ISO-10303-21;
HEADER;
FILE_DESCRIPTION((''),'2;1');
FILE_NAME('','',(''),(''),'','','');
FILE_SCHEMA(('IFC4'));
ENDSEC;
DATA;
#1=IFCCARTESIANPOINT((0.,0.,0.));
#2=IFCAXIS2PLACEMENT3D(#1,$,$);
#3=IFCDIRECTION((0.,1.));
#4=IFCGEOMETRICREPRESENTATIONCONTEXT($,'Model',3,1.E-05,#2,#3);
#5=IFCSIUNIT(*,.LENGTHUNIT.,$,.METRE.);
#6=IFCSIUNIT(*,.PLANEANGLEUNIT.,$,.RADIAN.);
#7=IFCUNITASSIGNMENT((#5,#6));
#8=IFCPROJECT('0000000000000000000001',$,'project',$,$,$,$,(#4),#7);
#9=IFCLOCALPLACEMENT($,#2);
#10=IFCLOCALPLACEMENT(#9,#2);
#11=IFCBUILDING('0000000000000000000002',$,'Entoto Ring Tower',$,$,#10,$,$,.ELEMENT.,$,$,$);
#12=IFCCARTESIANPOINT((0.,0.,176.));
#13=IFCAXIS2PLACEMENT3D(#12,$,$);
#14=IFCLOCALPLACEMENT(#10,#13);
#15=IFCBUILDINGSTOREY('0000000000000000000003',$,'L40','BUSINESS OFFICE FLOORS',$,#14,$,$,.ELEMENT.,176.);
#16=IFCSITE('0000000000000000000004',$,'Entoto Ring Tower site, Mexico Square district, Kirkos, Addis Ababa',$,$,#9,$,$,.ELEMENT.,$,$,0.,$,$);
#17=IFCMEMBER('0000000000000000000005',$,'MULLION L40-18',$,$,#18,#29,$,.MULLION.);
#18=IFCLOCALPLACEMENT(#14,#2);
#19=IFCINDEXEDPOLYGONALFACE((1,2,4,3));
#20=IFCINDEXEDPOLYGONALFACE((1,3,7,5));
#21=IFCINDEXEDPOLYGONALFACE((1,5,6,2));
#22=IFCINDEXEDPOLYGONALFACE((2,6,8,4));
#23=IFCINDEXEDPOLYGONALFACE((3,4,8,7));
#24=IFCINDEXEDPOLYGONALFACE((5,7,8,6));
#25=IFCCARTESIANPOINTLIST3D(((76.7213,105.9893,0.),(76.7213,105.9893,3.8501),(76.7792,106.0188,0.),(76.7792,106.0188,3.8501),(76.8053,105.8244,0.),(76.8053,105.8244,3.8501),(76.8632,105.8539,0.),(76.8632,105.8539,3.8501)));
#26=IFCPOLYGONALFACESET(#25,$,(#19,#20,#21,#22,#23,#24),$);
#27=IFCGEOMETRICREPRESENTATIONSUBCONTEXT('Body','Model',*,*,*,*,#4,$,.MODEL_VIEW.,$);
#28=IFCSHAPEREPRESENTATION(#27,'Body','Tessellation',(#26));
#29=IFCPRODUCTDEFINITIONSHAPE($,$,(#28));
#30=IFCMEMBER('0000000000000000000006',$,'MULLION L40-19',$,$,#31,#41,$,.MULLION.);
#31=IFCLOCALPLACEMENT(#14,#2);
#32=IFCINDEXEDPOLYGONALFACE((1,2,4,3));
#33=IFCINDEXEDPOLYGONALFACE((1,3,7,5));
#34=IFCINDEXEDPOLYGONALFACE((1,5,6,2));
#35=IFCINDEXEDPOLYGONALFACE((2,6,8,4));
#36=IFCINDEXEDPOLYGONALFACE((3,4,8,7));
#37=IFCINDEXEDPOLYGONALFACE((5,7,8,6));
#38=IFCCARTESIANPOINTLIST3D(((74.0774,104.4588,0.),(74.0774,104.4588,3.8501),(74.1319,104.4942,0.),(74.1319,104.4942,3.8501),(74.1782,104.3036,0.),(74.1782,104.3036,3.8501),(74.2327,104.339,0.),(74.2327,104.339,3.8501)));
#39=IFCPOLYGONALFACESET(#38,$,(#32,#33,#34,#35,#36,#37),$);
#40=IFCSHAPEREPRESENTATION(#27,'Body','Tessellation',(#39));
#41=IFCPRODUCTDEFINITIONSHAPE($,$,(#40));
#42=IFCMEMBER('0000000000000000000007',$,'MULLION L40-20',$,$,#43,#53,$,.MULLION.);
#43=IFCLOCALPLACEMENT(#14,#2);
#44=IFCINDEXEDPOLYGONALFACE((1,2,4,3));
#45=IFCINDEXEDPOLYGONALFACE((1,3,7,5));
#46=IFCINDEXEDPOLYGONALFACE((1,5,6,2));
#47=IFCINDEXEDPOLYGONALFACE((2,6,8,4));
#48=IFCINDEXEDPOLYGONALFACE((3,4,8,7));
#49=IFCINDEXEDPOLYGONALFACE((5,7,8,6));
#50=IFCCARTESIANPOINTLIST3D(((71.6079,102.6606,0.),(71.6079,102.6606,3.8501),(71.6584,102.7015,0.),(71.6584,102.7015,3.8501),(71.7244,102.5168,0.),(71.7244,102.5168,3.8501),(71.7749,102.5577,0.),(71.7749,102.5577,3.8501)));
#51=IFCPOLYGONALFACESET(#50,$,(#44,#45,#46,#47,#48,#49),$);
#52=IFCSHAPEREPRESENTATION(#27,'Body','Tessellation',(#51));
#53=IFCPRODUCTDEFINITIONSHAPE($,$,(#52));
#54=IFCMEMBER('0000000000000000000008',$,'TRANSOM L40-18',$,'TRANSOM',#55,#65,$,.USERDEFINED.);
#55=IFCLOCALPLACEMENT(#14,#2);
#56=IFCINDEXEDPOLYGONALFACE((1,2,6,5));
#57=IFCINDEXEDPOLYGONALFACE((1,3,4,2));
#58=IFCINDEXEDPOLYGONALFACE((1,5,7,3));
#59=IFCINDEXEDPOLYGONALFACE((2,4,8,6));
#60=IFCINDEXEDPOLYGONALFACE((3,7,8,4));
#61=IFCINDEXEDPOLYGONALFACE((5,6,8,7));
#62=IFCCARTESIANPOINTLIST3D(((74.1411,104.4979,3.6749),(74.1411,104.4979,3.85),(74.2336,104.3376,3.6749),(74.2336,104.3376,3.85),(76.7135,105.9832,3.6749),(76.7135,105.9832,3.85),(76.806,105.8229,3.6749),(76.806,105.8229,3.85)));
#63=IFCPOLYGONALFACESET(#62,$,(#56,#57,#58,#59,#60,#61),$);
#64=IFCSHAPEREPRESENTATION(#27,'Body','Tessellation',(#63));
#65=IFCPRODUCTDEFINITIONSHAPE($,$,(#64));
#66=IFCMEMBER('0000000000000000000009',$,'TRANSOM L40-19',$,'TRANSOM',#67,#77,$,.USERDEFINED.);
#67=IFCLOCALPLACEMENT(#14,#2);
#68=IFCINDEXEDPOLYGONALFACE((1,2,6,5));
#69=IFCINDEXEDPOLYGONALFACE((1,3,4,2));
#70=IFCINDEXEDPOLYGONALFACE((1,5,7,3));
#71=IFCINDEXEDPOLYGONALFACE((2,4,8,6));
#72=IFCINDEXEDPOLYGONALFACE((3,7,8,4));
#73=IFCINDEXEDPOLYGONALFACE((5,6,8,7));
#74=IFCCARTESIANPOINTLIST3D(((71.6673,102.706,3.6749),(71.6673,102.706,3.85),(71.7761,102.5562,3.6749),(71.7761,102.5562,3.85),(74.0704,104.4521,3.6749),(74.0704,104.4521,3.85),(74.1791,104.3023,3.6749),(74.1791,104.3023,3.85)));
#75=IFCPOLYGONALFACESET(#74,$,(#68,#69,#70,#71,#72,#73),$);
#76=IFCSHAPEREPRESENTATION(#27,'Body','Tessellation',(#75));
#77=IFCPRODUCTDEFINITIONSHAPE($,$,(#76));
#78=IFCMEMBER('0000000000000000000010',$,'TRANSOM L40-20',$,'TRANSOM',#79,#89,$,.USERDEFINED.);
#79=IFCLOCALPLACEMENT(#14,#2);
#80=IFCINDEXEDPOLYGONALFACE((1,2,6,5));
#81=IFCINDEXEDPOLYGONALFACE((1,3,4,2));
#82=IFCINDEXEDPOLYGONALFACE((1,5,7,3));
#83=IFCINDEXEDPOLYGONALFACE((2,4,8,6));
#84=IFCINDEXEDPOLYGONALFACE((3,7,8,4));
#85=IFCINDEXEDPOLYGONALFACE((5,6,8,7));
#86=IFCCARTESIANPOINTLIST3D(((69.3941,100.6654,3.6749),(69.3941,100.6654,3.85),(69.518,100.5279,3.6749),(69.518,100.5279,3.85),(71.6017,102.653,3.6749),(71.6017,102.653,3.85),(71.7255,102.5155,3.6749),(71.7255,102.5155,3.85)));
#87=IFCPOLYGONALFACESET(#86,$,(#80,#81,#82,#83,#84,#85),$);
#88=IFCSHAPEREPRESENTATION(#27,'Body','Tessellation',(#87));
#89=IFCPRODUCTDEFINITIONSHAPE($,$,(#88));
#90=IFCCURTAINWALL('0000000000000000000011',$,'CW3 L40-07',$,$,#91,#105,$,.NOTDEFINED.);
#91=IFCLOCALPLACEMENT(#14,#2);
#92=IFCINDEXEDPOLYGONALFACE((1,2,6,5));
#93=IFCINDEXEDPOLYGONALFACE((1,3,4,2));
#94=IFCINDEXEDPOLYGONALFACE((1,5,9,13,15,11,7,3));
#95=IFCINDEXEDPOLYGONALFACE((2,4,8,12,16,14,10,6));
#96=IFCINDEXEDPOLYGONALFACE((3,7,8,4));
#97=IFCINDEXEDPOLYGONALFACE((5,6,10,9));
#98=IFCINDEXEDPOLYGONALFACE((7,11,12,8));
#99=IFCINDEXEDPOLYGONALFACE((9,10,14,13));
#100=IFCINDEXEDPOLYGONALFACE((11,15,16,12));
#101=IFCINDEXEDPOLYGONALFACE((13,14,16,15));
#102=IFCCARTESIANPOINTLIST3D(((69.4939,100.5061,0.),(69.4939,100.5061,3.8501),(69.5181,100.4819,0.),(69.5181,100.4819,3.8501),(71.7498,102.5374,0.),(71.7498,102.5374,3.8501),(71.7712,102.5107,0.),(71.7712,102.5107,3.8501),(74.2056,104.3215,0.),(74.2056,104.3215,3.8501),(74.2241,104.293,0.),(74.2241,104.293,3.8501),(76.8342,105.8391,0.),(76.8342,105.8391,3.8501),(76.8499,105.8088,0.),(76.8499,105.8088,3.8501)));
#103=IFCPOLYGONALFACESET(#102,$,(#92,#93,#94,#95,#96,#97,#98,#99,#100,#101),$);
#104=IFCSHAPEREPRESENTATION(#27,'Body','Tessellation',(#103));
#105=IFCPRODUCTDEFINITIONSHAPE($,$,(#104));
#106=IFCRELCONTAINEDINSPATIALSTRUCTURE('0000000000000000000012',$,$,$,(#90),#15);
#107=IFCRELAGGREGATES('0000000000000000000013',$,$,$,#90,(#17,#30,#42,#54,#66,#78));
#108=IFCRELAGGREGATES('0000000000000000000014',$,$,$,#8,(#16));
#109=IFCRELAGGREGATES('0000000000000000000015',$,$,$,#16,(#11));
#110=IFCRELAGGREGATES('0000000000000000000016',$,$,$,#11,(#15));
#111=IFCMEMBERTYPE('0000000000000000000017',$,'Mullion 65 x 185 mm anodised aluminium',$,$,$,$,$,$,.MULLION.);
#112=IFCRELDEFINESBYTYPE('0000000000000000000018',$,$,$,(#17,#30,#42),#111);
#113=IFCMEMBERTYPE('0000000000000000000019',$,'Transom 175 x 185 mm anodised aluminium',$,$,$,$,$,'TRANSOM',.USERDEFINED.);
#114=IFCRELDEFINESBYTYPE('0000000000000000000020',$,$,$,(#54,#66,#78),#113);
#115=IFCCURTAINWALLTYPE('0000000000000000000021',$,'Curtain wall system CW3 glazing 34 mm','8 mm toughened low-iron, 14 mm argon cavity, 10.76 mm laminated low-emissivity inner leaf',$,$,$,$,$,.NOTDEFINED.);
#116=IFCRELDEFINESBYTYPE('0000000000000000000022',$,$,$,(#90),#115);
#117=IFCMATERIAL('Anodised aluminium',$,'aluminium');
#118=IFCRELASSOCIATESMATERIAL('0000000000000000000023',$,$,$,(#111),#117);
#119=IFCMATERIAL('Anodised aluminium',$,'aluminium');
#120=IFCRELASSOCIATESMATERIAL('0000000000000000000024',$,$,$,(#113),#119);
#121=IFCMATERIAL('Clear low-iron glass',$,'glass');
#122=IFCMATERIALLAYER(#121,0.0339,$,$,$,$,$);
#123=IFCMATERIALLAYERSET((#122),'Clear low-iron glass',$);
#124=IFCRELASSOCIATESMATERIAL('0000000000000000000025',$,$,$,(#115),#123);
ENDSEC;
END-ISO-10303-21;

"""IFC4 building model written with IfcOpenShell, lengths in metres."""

from ifc_helpers import new_model, si_unit, direction, frame, origin, origin_2d, place, context, subcontext, project, spatial, polyline, rectangle, outline, extrude, material, layer, layer_set, material_profile, profile_set, type_object, element, aggregate, save


model = new_model("IFC4")

# Units and contexts
model_context = context("Model", 3, precision=1e-05, world=origin(), true_north=direction((0.0, 1.0)))
body_context = subcontext(model_context, "Body", "Model", "MODEL_VIEW")
ifc_project = project(units=[si_unit("LENGTHUNIT", "METRE"), si_unit("PLANEANGLEUNIT", "RADIAN")], contexts=[model_context])

# Members
ifc_material_1 = material(Name="Anodised aluminium", Category="aluminium")
ifc_material_profile_1 = material_profile(ifc_material_1, rectangle(XDim=0.0649, YDim=0.1851, at=origin_2d()), Name="Mullion 65 x 185 mm anodised aluminium")
ifc_profile_set_1 = profile_set([ifc_material_profile_1], Name="Anodised aluminium")
member_type_1 = type_object("IfcMemberType", Name="Mullion 65 x 185 mm anodised aluminium", PredefinedType="MULLION", material=ifc_profile_set_1)
site_placement = place(None, origin())
building_placement = place(site_placement, origin())
storey_placement = place(building_placement, frame((0.0, 0.0, 176.0)))
member_1_placement = place(storey_placement, frame((76.7922, 105.9216, 0.0), z_axis=(0.0, 0.0, 1.0), x_axis=(-0.891007, -0.45399, 0.0)))
member_1 = element("IfcMember", 1, at=member_1_placement, type_object=member_type_1, Name="MULLION L40-18", PredefinedType="MULLION", context=body_context, shape_type="SweptSolid", body=[
    extrude(rectangle(XDim=0.0649, YDim=0.1851, at=origin_2d()), origin(), (0.0, 0.0, 1.0), 3.8501),
])
member_2_placement = place(storey_placement, frame((74.155, 104.3989, 0.0), z_axis=(0.0, 0.0, 1.0), x_axis=(-0.838671, -0.544639, 0.0)))
member_2 = element("IfcMember", 2, at=member_2_placement, type_object=member_type_1, Name="MULLION L40-19", PredefinedType="MULLION", context=body_context, shape_type="SweptSolid", body=[
    extrude(rectangle(XDim=0.0649, YDim=0.1851, at=origin_2d()), origin(), (0.0, 0.0, 1.0), 3.8501),
])
member_3_placement = place(storey_placement, frame((71.6914, 102.6091, 0.0), z_axis=(0.0, 0.0, 1.0), x_axis=(-0.777146, -0.62932, 0.0)))
member_3 = element("IfcMember", 3, at=member_3_placement, type_object=member_type_1, Name="MULLION L40-20", PredefinedType="MULLION", context=body_context, shape_type="SweptSolid", body=[
    extrude(rectangle(XDim=0.0649, YDim=0.1851, at=origin_2d()), origin(), (0.0, 0.0, 1.0), 3.8501),
])
ifc_material_2 = material(Name="Anodised aluminium", Category="aluminium")
ifc_material_profile_2 = material_profile(ifc_material_2, rectangle(XDim=0.1851, YDim=0.175, at=origin_2d()), Name="Transom 175 x 185 mm anodised aluminium")
ifc_profile_set_2 = profile_set([ifc_material_profile_2], Name="Anodised aluminium")
member_type_2 = type_object("IfcMemberType", Name="Transom 175 x 185 mm anodised aluminium", ElementType="TRANSOM", PredefinedType="USERDEFINED", material=ifc_profile_set_2)
member_4_placement = place(storey_placement, frame((76.7598, 105.9031, 3.7625), z_axis=(-0.866009, -0.500028, 0.0), x_axis=(0.500028, -0.866009, 0.0)))
member_4 = element("IfcMember", 4, at=member_4_placement, type_object=member_type_2, Name="TRANSOM L40-18", ObjectType="TRANSOM", PredefinedType="USERDEFINED", context=body_context, shape_type="SweptSolid", body=[
    extrude(rectangle(XDim=0.1851, YDim=0.175, at=origin_2d()), origin(), (0.0, 0.0, 1.0), 2.9705),
])
member_5_placement = place(storey_placement, frame((74.1248, 104.3772, 3.7625), z_axis=(-0.808992, -0.58782, 0.0), x_axis=(0.58782, -0.808992, 0.0)))
member_5 = element("IfcMember", 5, at=member_5_placement, type_object=member_type_2, Name="TRANSOM L40-19", ObjectType="TRANSOM", PredefinedType="USERDEFINED", context=body_context, shape_type="SweptSolid", body=[
    extrude(rectangle(XDim=0.1851, YDim=0.175, at=origin_2d()), origin(), (0.0, 0.0, 1.0), 2.9705),
])
member_6_placement = place(storey_placement, frame((71.6636, 102.5842, 3.7625), z_axis=(-0.743163, -0.66911, 0.0), x_axis=(0.66911, -0.743163, 0.0)))
member_6 = element("IfcMember", 6, at=member_6_placement, type_object=member_type_2, Name="TRANSOM L40-20", ObjectType="TRANSOM", PredefinedType="USERDEFINED", context=body_context, shape_type="SweptSolid", body=[
    extrude(rectangle(XDim=0.1851, YDim=0.175, at=origin_2d()), origin(), (0.0, 0.0, 1.0), 2.9705),
])

# Site, building, storey
site = spatial("IfcSite", under=ifc_project, at=site_placement, Name="Entoto Ring Tower site, Mexico Square district, Kirkos, Addis Ababa", CompositionType="ELEMENT", RefElevation=0.0)
building = spatial("IfcBuilding", under=site, at=building_placement, Name="Entoto Ring Tower", CompositionType="ELEMENT")
storey = spatial("IfcBuildingStorey", under=building, at=storey_placement, Name="L40", Description="BUSINESS OFFICE FLOORS", CompositionType="ELEMENT", Elevation=176.0)

# Curtain wall
ifc_material_3 = material(Name="Clear low-iron glass", Category="glass")
ifc_layer = layer(ifc_material_3, 0.0339)
ifc_layer_set = layer_set([ifc_layer], Name="Clear low-iron glass")
curtain_wall_type = type_object("IfcCurtainWallType", Name="Curtain wall system CW3 glazing 34 mm", Description="8 mm toughened low-iron, 14 mm argon cavity, 10.76 mm laminated low-emissivity inner leaf", PredefinedType="NOTDEFINED", material=ifc_layer_set)
curtain_wall_1_placement = place(storey_placement, origin())
curtain_wall_1 = element("IfcCurtainWall", 7, at=curtain_wall_1_placement, inside=storey, type_object=curtain_wall_type, Name="CW3 L40-07", PredefinedType="NOTDEFINED", context=body_context, shape_type="SweptSolid", body=[
    extrude(outline(polyline([(76.8342, 105.8391), (74.2056, 104.3215), (71.7498, 102.5374), (69.4939, 100.5061), (69.5181, 100.4819), (71.7712, 102.5107), (74.2241, 104.293), (76.8499, 105.8088), (76.8342, 105.8391)])), origin(), (0.0, 0.0, 1.0), 3.8501),
])
aggregate(curtain_wall_1, [member_1, member_2, member_3, member_4, member_5, member_6])

save(model, "model.ifc")
